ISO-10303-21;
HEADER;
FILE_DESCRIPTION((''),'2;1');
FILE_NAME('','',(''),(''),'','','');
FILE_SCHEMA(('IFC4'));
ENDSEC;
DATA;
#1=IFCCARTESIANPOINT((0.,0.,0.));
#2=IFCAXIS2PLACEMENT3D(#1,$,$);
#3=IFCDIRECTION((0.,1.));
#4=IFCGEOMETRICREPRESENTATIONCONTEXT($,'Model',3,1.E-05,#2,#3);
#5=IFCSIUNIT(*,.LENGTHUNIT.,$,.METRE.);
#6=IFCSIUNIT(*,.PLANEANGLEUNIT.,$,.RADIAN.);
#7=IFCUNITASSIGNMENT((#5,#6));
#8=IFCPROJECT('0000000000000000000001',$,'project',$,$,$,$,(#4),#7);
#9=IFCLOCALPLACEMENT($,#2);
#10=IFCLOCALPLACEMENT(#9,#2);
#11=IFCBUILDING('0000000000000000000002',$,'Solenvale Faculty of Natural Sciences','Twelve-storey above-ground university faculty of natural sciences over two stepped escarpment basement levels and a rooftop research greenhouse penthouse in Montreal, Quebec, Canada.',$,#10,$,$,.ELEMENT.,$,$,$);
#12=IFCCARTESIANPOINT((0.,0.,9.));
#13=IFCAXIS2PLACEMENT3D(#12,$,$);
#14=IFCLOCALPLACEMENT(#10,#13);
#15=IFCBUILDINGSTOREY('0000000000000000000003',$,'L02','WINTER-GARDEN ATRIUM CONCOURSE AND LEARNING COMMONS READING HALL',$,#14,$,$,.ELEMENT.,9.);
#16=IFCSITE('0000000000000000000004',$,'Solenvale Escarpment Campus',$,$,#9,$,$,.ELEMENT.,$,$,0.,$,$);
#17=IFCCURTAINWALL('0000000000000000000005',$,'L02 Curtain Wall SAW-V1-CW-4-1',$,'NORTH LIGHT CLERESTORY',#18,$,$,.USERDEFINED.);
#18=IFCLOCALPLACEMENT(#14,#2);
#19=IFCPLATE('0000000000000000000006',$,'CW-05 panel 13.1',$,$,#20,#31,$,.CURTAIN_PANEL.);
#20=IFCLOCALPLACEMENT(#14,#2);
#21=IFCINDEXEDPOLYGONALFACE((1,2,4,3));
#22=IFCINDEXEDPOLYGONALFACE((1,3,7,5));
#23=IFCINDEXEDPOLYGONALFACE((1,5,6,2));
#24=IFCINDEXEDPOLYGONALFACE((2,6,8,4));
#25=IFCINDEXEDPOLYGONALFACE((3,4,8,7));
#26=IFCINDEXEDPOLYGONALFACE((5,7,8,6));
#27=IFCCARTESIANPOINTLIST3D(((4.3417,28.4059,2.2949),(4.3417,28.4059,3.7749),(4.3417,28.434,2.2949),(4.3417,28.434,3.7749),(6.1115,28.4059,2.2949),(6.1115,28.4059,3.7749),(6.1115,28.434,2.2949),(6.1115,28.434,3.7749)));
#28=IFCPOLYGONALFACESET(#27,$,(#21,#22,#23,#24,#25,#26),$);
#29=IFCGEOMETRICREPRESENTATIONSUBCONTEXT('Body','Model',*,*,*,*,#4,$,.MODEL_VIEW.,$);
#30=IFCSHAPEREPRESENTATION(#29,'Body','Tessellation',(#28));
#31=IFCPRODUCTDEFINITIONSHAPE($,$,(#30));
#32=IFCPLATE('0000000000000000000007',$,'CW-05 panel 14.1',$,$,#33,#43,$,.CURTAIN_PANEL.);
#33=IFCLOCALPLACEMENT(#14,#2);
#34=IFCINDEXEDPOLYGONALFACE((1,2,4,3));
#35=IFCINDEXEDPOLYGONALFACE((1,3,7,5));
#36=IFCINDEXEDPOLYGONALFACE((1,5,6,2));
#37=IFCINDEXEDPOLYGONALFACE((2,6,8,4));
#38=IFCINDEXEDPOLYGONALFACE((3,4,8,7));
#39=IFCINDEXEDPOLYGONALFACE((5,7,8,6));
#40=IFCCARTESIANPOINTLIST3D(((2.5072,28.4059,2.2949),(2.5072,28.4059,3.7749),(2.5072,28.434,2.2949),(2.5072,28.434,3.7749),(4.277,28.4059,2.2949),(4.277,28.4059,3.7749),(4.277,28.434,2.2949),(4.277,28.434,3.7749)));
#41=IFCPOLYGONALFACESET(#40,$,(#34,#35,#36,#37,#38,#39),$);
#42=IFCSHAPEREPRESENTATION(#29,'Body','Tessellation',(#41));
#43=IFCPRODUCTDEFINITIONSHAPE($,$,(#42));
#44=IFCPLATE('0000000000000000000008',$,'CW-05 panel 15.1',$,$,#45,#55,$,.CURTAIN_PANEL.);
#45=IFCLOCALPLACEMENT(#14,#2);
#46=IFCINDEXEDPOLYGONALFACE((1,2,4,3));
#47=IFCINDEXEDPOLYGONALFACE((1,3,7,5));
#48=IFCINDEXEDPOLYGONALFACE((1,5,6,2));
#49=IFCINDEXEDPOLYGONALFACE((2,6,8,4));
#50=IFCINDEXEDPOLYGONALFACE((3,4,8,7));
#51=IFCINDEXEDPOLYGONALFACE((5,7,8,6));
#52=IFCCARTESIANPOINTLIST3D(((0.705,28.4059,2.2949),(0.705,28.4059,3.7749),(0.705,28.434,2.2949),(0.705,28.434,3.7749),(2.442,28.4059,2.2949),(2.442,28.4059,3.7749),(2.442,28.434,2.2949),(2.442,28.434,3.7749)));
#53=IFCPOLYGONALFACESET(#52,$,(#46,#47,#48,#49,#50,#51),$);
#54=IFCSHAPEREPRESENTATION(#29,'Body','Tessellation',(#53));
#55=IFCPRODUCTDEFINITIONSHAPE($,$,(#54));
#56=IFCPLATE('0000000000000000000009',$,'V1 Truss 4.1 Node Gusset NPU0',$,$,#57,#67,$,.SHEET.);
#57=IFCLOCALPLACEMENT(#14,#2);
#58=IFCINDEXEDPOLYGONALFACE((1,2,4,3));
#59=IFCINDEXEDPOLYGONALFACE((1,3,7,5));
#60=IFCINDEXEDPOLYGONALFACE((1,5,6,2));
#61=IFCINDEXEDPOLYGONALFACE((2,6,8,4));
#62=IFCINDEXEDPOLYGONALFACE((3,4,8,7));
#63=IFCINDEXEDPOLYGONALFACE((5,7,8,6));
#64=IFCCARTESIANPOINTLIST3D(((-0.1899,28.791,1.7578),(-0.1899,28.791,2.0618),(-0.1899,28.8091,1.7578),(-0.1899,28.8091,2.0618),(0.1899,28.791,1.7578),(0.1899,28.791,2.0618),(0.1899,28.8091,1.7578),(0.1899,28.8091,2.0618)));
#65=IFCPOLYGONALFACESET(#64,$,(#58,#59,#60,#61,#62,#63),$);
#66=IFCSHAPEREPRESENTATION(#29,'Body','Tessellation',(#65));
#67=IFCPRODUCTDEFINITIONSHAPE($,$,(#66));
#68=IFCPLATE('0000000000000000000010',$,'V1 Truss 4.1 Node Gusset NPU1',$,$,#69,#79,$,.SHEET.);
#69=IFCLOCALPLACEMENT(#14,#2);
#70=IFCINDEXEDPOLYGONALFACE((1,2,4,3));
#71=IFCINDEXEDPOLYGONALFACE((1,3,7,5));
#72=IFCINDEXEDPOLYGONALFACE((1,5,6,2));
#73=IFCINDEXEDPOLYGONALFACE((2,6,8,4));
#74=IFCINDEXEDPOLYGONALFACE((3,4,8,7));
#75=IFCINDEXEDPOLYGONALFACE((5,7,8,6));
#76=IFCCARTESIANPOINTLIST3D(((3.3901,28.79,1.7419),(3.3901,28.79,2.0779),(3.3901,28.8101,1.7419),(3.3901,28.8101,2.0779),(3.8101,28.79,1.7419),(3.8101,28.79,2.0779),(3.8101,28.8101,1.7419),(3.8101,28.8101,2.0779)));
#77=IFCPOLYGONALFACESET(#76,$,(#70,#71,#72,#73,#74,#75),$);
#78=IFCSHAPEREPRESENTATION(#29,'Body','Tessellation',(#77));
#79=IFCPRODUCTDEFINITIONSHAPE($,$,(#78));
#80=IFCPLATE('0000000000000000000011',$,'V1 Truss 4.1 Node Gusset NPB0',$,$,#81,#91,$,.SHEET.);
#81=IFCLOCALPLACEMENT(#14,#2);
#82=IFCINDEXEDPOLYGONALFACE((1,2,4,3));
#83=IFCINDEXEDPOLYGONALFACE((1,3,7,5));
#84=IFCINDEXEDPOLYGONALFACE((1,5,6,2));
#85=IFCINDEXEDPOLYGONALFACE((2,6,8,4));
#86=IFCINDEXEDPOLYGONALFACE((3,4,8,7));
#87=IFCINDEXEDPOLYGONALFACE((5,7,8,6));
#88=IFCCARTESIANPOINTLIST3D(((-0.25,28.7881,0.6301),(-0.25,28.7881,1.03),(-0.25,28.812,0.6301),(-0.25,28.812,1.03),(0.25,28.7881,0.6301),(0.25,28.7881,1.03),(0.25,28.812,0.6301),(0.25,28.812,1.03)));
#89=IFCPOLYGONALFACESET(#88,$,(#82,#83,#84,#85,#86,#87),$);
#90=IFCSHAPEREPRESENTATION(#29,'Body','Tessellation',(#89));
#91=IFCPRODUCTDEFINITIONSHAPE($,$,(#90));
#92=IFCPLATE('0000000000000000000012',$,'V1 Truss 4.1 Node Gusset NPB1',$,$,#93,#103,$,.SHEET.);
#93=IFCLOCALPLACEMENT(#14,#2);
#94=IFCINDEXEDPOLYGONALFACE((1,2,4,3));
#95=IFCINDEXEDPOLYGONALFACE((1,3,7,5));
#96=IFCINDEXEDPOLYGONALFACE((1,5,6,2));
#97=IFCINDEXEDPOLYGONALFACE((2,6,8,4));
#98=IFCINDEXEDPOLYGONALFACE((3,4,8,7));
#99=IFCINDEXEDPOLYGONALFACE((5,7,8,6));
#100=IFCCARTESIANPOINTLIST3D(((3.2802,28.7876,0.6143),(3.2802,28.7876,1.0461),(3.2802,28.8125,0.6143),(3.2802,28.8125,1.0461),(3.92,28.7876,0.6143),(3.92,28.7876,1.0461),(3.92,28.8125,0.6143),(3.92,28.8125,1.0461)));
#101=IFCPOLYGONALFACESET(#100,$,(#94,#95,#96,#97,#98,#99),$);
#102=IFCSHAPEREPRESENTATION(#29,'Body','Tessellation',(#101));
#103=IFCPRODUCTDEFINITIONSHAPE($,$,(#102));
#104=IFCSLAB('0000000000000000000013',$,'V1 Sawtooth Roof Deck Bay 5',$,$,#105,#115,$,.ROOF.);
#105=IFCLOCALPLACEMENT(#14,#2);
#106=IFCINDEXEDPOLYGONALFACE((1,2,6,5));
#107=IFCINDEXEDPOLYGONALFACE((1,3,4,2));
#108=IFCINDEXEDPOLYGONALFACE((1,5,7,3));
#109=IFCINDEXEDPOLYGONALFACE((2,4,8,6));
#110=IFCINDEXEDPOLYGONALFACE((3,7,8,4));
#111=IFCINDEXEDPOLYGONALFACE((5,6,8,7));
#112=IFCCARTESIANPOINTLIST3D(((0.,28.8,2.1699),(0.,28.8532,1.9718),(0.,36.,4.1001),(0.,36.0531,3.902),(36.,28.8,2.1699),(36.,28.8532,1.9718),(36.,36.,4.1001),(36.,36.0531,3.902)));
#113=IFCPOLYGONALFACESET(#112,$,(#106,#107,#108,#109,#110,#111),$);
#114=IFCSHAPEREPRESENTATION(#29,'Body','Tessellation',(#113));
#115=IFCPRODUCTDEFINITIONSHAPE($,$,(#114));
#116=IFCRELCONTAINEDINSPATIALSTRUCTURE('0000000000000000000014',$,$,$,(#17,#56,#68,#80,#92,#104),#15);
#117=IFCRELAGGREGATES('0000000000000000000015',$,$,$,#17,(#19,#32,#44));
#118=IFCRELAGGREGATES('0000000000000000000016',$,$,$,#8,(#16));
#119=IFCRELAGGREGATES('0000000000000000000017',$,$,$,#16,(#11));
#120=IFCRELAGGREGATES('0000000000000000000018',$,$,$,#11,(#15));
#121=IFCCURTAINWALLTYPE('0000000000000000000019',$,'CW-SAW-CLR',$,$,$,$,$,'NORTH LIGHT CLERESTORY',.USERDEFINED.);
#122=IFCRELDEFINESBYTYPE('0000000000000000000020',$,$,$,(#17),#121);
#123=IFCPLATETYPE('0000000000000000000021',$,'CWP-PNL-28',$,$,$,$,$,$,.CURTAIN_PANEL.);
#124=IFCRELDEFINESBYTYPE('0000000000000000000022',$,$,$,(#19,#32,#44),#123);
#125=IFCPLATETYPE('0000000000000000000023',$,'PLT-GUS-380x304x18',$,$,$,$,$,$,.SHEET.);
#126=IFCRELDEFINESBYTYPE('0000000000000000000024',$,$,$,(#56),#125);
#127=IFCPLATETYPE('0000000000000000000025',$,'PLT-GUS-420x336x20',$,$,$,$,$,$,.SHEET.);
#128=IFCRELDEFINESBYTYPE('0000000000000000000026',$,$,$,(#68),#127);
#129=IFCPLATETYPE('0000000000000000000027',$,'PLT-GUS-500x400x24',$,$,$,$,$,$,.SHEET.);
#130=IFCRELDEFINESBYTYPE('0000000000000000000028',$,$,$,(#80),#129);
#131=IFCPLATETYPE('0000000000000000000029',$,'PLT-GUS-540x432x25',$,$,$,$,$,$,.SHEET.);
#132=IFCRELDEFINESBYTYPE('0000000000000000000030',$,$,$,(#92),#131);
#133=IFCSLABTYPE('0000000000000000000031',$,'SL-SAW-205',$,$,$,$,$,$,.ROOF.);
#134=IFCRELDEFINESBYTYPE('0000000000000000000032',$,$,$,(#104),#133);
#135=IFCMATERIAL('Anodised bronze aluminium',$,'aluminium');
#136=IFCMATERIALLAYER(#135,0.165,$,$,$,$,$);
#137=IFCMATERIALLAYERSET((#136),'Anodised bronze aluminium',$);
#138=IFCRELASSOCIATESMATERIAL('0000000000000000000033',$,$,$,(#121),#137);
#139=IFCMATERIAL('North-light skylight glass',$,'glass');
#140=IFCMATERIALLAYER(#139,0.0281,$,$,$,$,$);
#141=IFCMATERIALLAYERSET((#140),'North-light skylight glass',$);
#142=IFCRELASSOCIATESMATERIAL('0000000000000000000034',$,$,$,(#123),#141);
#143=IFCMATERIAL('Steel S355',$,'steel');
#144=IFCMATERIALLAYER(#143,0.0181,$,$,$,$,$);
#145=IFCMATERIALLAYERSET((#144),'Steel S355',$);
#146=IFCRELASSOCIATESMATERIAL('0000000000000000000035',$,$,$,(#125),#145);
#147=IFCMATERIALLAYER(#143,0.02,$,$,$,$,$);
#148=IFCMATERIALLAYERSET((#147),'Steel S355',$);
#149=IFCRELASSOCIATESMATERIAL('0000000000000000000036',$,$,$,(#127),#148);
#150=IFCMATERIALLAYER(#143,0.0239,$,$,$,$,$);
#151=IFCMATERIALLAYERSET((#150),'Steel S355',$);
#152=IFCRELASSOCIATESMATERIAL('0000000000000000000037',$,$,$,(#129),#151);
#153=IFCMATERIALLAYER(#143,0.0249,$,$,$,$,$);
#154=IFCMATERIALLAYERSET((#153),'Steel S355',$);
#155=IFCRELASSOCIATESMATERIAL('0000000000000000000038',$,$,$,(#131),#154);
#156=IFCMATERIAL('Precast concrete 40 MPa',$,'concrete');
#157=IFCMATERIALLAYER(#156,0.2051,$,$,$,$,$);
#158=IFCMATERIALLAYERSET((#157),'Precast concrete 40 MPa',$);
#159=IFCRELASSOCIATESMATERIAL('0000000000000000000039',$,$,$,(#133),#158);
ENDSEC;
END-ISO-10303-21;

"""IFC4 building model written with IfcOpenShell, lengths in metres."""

from ifc_helpers import new_model, si_unit, direction, frame, origin, origin_2d, place, context, subcontext, project, spatial, polyline, rectangle, outline, extrude, material, layer, layer_set, type_object, element, aggregate, save


model = new_model("IFC4")

# Units and contexts
model_context = context("Model", 3, precision=1e-05, world=origin(), true_north=direction((0.0, 1.0)))
body_context = subcontext(model_context, "Body", "Model", "MODEL_VIEW")
ifc_project = project(units=[si_unit("LENGTHUNIT", "METRE"), si_unit("PLANEANGLEUNIT", "RADIAN")], contexts=[model_context])

# Site, building, storey
site_placement = place(None, origin())
site = spatial("IfcSite", under=ifc_project, at=site_placement, Name="Solenvale Escarpment Campus", CompositionType="ELEMENT", RefElevation=0.0)
building_placement = place(site_placement, origin())
building = spatial("IfcBuilding", under=site, at=building_placement, Name="Solenvale Faculty of Natural Sciences", Description="Twelve-storey above-ground university faculty of natural sciences over two stepped escarpment basement levels and a rooftop research greenhouse penthouse in Montreal, Quebec, Canada.", CompositionType="ELEMENT")
storey_placement = place(building_placement, frame((0.0, 0.0, 9.0)))
storey = spatial("IfcBuildingStorey", under=building, at=storey_placement, Name="L02", Description="WINTER-GARDEN ATRIUM CONCOURSE AND LEARNING COMMONS READING HALL", CompositionType="ELEMENT", Elevation=9.0)

# Shared definitions
ifc_material_1 = material(Name="Steel S355", Category="steel")

# Curtain wall
ifc_material_2 = material(Name="Anodised bronze aluminium", Category="aluminium")
ifc_layer_1 = layer(ifc_material_2, 0.165)
ifc_layer_set_1 = layer_set([ifc_layer_1], Name="Anodised bronze aluminium")
curtain_wall_type = type_object("IfcCurtainWallType", Name="CW-SAW-CLR", ElementType="NORTH LIGHT CLERESTORY", PredefinedType="USERDEFINED", material=ifc_layer_set_1)
curtain_wall_placement = place(storey_placement, origin())
curtain_wall = element("IfcCurtainWall", 1, at=curtain_wall_placement, inside=storey, type_object=curtain_wall_type, Name="L02 Curtain Wall SAW-V1-CW-4-1", ObjectType="NORTH LIGHT CLERESTORY", PredefinedType="USERDEFINED")

# Plates
ifc_material_3 = material(Name="North-light skylight glass", Category="glass")
ifc_layer_2 = layer(ifc_material_3, 0.0281)
ifc_layer_set_2 = layer_set([ifc_layer_2], Name="North-light skylight glass")
plate_type_1 = type_object("IfcPlateType", Name="CWP-PNL-28", PredefinedType="CURTAIN_PANEL", material=ifc_layer_set_2)
plate_1_placement = place(storey_placement, frame((5.2266, 28.4199, 2.2949), z_axis=(0.0, 0.0, 1.0), x_axis=(-1.0, 0.0, 0.0)))
plate_1 = element("IfcPlate", 2, at=plate_1_placement, type_object=plate_type_1, Name="CW-05 panel 13.1", PredefinedType="CURTAIN_PANEL", context=body_context, shape_type="SweptSolid", body=[
    extrude(rectangle(XDim=1.7698, YDim=0.0281, at=origin_2d()), origin(), (0.0, 0.0, 1.0), 1.48),
])
plate_2_placement = place(storey_placement, frame((3.3921, 28.4199, 2.2949), z_axis=(0.0, 0.0, 1.0), x_axis=(-1.0, 0.0, 0.0)))
plate_2 = element("IfcPlate", 3, at=plate_2_placement, type_object=plate_type_1, Name="CW-05 panel 14.1", PredefinedType="CURTAIN_PANEL", context=body_context, shape_type="SweptSolid", body=[
    extrude(rectangle(XDim=1.7698, YDim=0.0281, at=origin_2d()), origin(), (0.0, 0.0, 1.0), 1.48),
])
plate_3_placement = place(storey_placement, frame((1.5735, 28.4199, 2.2949), z_axis=(0.0, 0.0, 1.0), x_axis=(-1.0, 0.0, 0.0)))
plate_3 = element("IfcPlate", 4, at=plate_3_placement, type_object=plate_type_1, Name="CW-05 panel 15.1", PredefinedType="CURTAIN_PANEL", context=body_context, shape_type="SweptSolid", body=[
    extrude(rectangle(XDim=1.7371, YDim=0.0281, at=origin_2d()), origin(), (0.0, 0.0, 1.0), 1.48),
])
aggregate(curtain_wall, [plate_1, plate_2, plate_3])

# Plates
ifc_layer_3 = layer(ifc_material_1, 0.0181)
ifc_layer_set_3 = layer_set([ifc_layer_3], Name="Steel S355")
plate_type_2 = type_object("IfcPlateType", Name="PLT-GUS-380x304x18", PredefinedType="SHEET", material=ifc_layer_set_3)
plate_4_placement = place(storey_placement, frame((0.0, 28.8, 1.7578), z_axis=(0.0, 0.0, 1.0), x_axis=(1.0, 0.0, 0.0)))
element("IfcPlate", 5, at=plate_4_placement, inside=storey, type_object=plate_type_2, Name="V1 Truss 4.1 Node Gusset NPU0", PredefinedType="SHEET", context=body_context, shape_type="SweptSolid", body=[
    extrude(rectangle(XDim=0.3799, YDim=0.0181, at=origin_2d()), origin(), (0.0, 0.0, 1.0), 0.304),
])
ifc_layer_4 = layer(ifc_material_1, 0.02)
ifc_layer_set_4 = layer_set([ifc_layer_4], Name="Steel S355")
plate_type_3 = type_object("IfcPlateType", Name="PLT-GUS-420x336x20", PredefinedType="SHEET", material=ifc_layer_set_4)
plate_5_placement = place(storey_placement, frame((3.6001, 28.8, 1.7419), z_axis=(0.0, 0.0, 1.0), x_axis=(1.0, 0.0, 0.0)))
element("IfcPlate", 6, at=plate_5_placement, inside=storey, type_object=plate_type_3, Name="V1 Truss 4.1 Node Gusset NPU1", PredefinedType="SHEET", context=body_context, shape_type="SweptSolid", body=[
    extrude(rectangle(XDim=0.4199, YDim=0.02, at=origin_2d()), origin(), (0.0, 0.0, 1.0), 0.3359),
])
ifc_layer_5 = layer(ifc_material_1, 0.0239)
ifc_layer_set_5 = layer_set([ifc_layer_5], Name="Steel S355")
plate_type_4 = type_object("IfcPlateType", Name="PLT-GUS-500x400x24", PredefinedType="SHEET", material=ifc_layer_set_5)
plate_6_placement = place(storey_placement, frame((0.0, 28.8, 0.6301), z_axis=(0.0, 0.0, 1.0), x_axis=(1.0, 0.0, 0.0)))
element("IfcPlate", 7, at=plate_6_placement, inside=storey, type_object=plate_type_4, Name="V1 Truss 4.1 Node Gusset NPB0", PredefinedType="SHEET", context=body_context, shape_type="SweptSolid", body=[
    extrude(rectangle(XDim=0.5, YDim=0.0239, at=origin_2d()), origin(), (0.0, 0.0, 1.0), 0.3999),
])
ifc_layer_6 = layer(ifc_material_1, 0.0249)
ifc_layer_set_6 = layer_set([ifc_layer_6], Name="Steel S355")
plate_type_5 = type_object("IfcPlateType", Name="PLT-GUS-540x432x25", PredefinedType="SHEET", material=ifc_layer_set_6)
plate_7_placement = place(storey_placement, frame((3.6001, 28.8, 0.6143), z_axis=(0.0, 0.0, 1.0), x_axis=(1.0, 0.0, 0.0)))
element("IfcPlate", 8, at=plate_7_placement, inside=storey, type_object=plate_type_5, Name="V1 Truss 4.1 Node Gusset NPB1", PredefinedType="SHEET", context=body_context, shape_type="SweptSolid", body=[
    extrude(rectangle(XDim=0.6399, YDim=0.0249, at=origin_2d()), origin(), (0.0, 0.0, 1.0), 0.4319),
])

# Slab
ifc_material_4 = material(Name="Precast concrete 40 MPa", Category="concrete")
ifc_layer_7 = layer(ifc_material_4, 0.2051)
ifc_layer_set_7 = layer_set([ifc_layer_7], Name="Precast concrete 40 MPa")
slab_type = type_object("IfcSlabType", Name="SL-SAW-205", PredefinedType="ROOF", material=ifc_layer_set_7)
slab_placement = place(storey_placement, frame((0.0, 28.8, 2.1699), z_axis=(0.0, -0.258939, 0.965894), x_axis=(1.0, 0.0, 0.0)))
element("IfcSlab", 9, at=slab_placement, inside=storey, type_object=slab_type, Name="V1 Sawtooth Roof Deck Bay 5", PredefinedType="ROOF", context=body_context, shape_type="SweptSolid", body=[
    extrude(outline(polyline([(0.0, 0.0), (36.0, 0.0), (36.0, 7.4542), (0.0, 7.4542), (0.0, 0.0)])), origin(), (0.0, 0.0, -1.0), 0.2051),
])

save(model, "model.ifc")
